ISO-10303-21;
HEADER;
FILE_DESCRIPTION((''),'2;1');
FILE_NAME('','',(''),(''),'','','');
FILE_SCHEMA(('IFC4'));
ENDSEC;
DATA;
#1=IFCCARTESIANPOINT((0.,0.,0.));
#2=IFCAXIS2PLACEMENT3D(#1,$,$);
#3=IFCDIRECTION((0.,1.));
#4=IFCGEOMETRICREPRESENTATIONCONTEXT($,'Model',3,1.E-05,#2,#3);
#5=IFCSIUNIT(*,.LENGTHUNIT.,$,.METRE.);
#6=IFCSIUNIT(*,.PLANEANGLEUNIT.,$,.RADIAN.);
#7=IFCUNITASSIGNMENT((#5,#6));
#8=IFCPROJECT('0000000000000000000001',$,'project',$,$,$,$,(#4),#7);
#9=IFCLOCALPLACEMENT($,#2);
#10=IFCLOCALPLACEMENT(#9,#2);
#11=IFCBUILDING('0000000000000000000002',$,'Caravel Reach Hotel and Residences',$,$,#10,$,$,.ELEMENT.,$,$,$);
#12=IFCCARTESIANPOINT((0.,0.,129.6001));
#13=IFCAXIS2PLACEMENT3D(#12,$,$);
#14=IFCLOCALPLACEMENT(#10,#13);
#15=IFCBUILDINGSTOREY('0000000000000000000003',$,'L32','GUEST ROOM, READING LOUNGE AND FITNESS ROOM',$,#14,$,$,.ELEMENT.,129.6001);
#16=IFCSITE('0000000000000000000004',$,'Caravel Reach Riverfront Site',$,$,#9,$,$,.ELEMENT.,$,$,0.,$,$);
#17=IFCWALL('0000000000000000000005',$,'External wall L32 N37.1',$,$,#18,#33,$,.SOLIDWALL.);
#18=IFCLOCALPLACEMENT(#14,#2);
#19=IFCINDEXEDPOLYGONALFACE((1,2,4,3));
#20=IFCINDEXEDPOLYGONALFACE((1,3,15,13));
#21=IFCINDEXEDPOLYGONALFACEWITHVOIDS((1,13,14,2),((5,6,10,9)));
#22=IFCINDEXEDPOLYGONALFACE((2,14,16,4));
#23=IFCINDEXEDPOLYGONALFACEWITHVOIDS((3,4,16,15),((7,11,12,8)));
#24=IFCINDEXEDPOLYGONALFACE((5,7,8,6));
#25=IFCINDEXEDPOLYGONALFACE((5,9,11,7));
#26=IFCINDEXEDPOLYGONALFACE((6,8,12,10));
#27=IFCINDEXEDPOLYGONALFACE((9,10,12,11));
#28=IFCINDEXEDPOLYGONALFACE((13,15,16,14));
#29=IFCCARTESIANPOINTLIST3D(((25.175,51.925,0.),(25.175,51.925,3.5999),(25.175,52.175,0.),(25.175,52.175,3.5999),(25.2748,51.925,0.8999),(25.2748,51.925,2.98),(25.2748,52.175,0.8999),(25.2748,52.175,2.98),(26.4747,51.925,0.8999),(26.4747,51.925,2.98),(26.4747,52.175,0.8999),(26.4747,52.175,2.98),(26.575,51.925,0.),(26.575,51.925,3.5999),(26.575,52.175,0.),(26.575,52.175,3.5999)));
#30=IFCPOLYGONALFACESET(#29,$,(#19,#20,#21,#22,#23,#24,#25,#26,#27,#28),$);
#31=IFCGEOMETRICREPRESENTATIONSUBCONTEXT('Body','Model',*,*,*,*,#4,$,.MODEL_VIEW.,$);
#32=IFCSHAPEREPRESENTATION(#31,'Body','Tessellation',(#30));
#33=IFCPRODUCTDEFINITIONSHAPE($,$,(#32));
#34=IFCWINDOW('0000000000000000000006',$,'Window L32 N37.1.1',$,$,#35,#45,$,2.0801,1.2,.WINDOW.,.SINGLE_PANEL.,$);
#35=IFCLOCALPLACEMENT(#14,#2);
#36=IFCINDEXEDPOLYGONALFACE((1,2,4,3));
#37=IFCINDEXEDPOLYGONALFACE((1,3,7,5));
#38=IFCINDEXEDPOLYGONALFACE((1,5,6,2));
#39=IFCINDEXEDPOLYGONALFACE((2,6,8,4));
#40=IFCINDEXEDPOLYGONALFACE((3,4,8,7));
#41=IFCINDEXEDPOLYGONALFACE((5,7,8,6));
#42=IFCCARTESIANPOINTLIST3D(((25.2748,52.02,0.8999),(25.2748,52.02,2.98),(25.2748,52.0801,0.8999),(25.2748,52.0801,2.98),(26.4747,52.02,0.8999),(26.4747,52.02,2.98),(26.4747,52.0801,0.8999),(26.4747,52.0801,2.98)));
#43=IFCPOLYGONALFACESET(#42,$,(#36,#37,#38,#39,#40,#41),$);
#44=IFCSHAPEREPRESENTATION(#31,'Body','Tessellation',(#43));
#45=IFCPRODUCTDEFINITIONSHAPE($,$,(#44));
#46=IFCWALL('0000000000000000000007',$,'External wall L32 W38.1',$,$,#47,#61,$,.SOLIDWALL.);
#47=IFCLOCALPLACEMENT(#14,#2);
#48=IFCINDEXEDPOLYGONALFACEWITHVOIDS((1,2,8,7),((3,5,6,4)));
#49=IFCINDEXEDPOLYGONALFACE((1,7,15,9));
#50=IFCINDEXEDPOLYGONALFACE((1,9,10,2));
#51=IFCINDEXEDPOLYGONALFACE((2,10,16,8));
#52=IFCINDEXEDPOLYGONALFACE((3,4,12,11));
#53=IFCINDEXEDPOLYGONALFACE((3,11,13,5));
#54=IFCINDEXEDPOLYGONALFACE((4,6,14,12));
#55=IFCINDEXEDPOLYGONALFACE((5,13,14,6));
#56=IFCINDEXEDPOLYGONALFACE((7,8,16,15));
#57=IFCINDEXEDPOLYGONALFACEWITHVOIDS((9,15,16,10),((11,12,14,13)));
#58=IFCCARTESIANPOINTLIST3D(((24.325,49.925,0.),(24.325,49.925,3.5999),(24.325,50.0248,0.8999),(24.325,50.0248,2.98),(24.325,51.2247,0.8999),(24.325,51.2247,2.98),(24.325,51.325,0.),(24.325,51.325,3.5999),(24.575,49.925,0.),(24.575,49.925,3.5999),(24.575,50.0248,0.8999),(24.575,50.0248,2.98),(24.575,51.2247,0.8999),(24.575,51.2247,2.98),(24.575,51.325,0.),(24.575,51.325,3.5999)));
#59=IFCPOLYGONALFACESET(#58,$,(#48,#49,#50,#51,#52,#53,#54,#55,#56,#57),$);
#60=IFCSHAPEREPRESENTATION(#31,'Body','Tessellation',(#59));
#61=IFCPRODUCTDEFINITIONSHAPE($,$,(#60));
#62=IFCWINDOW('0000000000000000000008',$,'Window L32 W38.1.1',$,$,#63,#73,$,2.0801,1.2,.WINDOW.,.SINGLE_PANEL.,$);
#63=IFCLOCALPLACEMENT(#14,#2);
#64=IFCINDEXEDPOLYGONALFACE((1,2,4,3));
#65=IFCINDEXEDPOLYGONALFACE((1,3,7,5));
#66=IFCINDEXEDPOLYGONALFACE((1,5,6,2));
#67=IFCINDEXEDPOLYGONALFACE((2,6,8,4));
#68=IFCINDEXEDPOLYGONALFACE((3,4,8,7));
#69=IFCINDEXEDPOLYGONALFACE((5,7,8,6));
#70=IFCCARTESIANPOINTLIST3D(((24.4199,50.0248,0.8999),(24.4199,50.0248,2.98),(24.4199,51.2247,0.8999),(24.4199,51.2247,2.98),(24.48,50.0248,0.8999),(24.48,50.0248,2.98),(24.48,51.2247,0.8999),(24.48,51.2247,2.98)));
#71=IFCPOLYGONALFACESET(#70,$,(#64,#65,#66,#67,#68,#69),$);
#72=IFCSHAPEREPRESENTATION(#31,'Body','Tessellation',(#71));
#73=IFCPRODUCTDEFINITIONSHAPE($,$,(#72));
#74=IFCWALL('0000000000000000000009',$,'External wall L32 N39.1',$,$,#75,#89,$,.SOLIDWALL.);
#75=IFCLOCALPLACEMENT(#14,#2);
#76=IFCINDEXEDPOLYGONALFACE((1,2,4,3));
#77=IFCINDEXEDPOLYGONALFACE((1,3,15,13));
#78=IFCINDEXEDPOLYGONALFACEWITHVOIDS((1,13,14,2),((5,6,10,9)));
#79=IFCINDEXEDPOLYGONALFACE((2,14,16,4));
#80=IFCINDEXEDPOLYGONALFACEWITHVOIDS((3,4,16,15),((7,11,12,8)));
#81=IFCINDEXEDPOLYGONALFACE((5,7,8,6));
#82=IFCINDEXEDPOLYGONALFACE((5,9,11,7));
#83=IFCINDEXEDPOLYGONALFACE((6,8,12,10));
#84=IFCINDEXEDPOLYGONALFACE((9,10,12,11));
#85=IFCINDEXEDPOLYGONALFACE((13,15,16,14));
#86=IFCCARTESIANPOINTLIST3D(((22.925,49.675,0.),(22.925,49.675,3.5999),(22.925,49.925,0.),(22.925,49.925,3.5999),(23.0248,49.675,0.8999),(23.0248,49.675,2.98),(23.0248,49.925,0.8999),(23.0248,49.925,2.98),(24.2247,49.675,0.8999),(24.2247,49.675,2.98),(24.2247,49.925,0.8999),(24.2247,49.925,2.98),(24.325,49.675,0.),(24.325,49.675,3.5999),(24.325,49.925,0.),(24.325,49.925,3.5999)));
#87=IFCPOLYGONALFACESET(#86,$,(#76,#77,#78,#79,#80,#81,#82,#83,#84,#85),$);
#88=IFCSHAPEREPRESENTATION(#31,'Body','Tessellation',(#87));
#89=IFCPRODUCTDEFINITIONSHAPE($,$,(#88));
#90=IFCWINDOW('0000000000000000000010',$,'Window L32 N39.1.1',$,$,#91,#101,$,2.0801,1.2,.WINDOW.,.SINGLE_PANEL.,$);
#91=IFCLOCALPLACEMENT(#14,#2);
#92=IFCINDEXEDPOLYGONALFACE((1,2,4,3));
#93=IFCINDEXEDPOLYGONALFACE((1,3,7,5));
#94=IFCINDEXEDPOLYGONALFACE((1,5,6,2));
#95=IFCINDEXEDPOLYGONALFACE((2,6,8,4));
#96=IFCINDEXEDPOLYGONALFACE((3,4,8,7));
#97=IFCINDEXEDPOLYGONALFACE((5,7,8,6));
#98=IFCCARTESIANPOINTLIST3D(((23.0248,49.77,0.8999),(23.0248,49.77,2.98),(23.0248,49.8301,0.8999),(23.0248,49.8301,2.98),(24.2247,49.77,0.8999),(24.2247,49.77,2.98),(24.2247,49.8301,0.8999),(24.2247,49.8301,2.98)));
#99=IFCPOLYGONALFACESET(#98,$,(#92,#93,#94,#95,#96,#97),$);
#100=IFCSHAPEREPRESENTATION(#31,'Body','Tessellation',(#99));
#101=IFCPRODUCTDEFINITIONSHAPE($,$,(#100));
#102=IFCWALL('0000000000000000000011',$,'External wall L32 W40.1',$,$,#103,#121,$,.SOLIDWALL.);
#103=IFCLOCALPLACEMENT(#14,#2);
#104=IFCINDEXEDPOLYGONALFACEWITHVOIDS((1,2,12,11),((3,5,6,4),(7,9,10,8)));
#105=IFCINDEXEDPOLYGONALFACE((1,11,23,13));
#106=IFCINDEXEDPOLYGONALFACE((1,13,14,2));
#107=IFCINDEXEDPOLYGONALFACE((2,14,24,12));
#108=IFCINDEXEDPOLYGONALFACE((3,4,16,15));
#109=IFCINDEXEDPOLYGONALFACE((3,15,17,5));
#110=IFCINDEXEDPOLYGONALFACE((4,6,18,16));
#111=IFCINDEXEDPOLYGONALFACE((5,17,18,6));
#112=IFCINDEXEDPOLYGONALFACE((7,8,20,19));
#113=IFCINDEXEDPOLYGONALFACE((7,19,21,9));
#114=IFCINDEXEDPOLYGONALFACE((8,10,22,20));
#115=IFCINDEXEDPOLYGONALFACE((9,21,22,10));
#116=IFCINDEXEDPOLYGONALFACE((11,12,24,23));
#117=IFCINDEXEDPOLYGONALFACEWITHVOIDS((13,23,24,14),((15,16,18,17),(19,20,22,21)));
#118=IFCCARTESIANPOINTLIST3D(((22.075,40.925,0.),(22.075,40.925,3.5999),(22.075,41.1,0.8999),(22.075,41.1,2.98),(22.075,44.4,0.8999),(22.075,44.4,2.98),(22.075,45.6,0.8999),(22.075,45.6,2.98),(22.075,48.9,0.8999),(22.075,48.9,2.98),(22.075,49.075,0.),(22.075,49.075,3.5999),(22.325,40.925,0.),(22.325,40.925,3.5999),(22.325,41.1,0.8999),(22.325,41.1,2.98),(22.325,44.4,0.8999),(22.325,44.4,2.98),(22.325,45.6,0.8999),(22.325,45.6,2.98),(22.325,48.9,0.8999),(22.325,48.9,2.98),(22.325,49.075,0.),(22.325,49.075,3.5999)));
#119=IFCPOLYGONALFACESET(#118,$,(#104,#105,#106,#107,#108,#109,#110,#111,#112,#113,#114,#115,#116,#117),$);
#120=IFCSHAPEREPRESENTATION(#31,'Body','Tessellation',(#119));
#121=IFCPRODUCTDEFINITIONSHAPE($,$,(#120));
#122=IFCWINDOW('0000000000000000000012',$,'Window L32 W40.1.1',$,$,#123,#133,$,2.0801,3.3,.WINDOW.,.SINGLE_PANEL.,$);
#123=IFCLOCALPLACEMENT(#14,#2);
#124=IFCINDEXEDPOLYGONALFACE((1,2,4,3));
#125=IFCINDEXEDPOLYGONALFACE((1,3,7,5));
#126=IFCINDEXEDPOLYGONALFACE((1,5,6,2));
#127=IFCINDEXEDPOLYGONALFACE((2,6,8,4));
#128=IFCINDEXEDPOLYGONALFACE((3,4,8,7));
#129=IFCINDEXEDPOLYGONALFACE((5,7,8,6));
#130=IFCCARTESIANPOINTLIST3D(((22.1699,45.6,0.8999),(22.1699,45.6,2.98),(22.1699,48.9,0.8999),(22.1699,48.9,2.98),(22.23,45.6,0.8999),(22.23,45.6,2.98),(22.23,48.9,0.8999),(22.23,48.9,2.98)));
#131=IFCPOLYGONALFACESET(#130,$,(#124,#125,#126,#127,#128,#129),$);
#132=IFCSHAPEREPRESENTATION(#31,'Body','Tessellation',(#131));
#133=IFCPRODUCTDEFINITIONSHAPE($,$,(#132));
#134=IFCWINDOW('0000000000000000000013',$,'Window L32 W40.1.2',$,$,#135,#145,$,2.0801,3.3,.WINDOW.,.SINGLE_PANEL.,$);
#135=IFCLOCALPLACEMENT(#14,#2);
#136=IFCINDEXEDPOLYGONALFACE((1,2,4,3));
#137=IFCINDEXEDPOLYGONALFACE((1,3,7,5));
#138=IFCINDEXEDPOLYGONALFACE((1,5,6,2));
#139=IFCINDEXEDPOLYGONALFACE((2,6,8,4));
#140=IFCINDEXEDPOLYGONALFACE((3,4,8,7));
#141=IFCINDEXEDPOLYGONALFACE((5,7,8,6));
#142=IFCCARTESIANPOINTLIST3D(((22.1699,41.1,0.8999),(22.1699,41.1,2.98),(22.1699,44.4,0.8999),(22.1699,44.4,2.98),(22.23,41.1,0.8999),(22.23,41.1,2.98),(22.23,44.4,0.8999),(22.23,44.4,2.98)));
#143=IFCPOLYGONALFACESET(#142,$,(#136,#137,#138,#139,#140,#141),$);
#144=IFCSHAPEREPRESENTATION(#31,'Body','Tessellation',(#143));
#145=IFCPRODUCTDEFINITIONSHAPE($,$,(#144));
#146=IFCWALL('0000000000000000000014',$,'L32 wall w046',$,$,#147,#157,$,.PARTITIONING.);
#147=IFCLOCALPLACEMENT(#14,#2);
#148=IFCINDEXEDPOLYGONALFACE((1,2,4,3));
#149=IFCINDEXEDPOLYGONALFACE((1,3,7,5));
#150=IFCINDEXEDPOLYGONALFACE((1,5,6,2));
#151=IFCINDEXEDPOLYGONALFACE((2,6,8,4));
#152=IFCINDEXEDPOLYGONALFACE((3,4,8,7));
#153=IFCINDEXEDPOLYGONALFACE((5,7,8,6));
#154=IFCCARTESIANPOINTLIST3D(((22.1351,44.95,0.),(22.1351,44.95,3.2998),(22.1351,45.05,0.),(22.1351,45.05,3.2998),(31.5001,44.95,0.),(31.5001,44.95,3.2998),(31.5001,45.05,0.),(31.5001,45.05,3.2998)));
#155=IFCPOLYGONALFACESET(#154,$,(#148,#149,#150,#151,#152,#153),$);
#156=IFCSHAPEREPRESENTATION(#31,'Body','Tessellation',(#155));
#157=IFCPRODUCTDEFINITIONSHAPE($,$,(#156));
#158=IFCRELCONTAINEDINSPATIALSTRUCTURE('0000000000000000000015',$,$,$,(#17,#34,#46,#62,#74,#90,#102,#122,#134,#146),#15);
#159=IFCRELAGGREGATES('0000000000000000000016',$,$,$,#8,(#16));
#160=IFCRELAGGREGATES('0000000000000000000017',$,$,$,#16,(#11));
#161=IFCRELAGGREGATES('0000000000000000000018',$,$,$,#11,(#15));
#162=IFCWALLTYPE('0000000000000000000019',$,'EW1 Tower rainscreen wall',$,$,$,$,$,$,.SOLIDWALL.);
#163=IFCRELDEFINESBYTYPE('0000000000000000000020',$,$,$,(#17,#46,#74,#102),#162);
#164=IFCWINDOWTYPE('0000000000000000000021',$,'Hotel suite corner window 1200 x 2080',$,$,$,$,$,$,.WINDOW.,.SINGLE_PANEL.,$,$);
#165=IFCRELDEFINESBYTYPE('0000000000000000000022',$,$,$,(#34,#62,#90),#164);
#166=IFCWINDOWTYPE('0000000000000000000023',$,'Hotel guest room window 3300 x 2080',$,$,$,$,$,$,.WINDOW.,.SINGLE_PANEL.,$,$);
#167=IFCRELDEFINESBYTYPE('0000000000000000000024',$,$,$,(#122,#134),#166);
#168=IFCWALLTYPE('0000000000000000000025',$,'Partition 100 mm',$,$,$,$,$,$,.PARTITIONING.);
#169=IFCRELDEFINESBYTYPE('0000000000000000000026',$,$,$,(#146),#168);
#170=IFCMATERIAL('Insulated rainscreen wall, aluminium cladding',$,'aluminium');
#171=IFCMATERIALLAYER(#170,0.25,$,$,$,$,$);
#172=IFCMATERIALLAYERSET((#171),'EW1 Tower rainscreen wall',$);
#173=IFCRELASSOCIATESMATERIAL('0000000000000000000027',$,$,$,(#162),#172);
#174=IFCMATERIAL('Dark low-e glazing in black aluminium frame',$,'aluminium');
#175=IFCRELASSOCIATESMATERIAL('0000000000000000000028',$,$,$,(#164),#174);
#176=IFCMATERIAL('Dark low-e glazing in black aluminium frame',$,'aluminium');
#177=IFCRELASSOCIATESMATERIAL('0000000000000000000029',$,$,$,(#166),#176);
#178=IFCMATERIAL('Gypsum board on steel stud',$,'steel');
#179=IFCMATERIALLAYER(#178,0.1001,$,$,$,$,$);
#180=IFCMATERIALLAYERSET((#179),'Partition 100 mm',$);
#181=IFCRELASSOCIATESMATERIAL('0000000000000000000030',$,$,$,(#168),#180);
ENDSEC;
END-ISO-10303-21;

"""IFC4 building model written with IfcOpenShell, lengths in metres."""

from ifc_helpers import new_model, si_unit, direction, frame, frame_2d, origin, place, context, subcontext, project, spatial, rectangle, extrude, material, layer, layer_set, type_object, element, fill, save


model = new_model("IFC4")

# Units and contexts
model_context = context("Model", 3, precision=1e-05, world=origin(), true_north=direction((0.0, 1.0)))
body_context = subcontext(model_context, "Body", "Model", "MODEL_VIEW")
ifc_project = project(units=[si_unit("LENGTHUNIT", "METRE"), si_unit("PLANEANGLEUNIT", "RADIAN")], contexts=[model_context])

# Site, building, storey
site_placement = place(None, origin())
site = spatial("IfcSite", under=ifc_project, at=site_placement, Name="Caravel Reach Riverfront Site", CompositionType="ELEMENT", RefElevation=0.0)
building_placement = place(site_placement, origin())
building = spatial("IfcBuilding", under=site, at=building_placement, Name="Caravel Reach Hotel and Residences", CompositionType="ELEMENT")
storey_placement = place(building_placement, frame((0.0, 0.0, 129.6001)))
storey = spatial("IfcBuildingStorey", under=building, at=storey_placement, Name="L32", Description="GUEST ROOM, READING LOUNGE AND FITNESS ROOM", CompositionType="ELEMENT", Elevation=129.6001)

# Walls, openings, windows
ifc_material_1 = material(Name="Insulated rainscreen wall, aluminium cladding", Category="aluminium")
ifc_layer_1 = layer(ifc_material_1, 0.25)
ifc_layer_set_1 = layer_set([ifc_layer_1], Name="EW1 Tower rainscreen wall")
wall_type_1 = type_object("IfcWallType", Name="EW1 Tower rainscreen wall", PredefinedType="SOLIDWALL", material=ifc_layer_set_1)
ifc_material_2 = material(Name="Dark low-e glazing in black aluminium frame", Category="aluminium")
window_type_1 = type_object("IfcWindowType", Name="Hotel suite corner window 1200 x 2080", PartitioningType="SINGLE_PANEL", PredefinedType="WINDOW", material=ifc_material_2)
wall_1_placement = place(storey_placement, frame((26.575, 52.05, 0.0), z_axis=(0.0, 0.0, 1.0), x_axis=(-1.0, 0.0, 0.0)))
wall_1 = element("IfcWall", 1, at=wall_1_placement, inside=storey, type_object=wall_type_1, Name="External wall L32 N37.1", PredefinedType="SOLIDWALL", context=body_context, shape_type="SweptSolid", body=[
    extrude(rectangle(XDim=1.3999, YDim=0.25, at=frame_2d((0.7, 0.0))), origin(), (0.0, 0.0, 1.0), 3.5999),
])
opening_1_placement = place(wall_1_placement, frame((0.1001, 0.0, 0.8999)))
opening_1 = element("IfcOpeningElement", 2, at=opening_1_placement, cuts=wall_1, PredefinedType="OPENING", context=body_context, shape_type="SweptSolid", body=[
    extrude(rectangle(XDim=1.2, YDim=2.0801, at=frame_2d((0.6001, 1.04))), frame((0.0, 0.135, 0.0), z_axis=(0.0, -1.0, 0.0), x_axis=(1.0, 0.0, 0.0)), (0.0, 0.0, 1.0), 0.27),
])
window_1_placement = place(opening_1_placement, origin())
window_1 = element("IfcWindow", 3, at=window_1_placement, inside=storey, type_object=window_type_1, Name="Window L32 N37.1.1", OverallHeight=2.0801, OverallWidth=1.2, PartitioningType="SINGLE_PANEL", PredefinedType="WINDOW", context=body_context, shape_type="SweptSolid", body=[
    extrude(rectangle(XDim=1.2, YDim=2.0801, at=frame_2d((0.6001, 1.04))), frame((0.0, 0.03, 0.0), z_axis=(0.0, -1.0, 0.0), x_axis=(1.0, 0.0, 0.0)), (0.0, 0.0, 1.0), 0.0601),
])
fill(opening_1, window_1)
wall_2_placement = place(storey_placement, frame((24.45, 51.325, 0.0), z_axis=(0.0, 0.0, 1.0), x_axis=(0.0, -1.0, 0.0)))
wall_2 = element("IfcWall", 4, at=wall_2_placement, inside=storey, type_object=wall_type_1, Name="External wall L32 W38.1", PredefinedType="SOLIDWALL", context=body_context, shape_type="SweptSolid", body=[
    extrude(rectangle(XDim=1.3999, YDim=0.25, at=frame_2d((0.7, 0.0))), origin(), (0.0, 0.0, 1.0), 3.5999),
])
opening_2_placement = place(wall_2_placement, frame((0.1001, 0.0, 0.8999)))
opening_2 = element("IfcOpeningElement", 5, at=opening_2_placement, cuts=wall_2, PredefinedType="OPENING", context=body_context, shape_type="SweptSolid", body=[
    extrude(rectangle(XDim=1.2, YDim=2.0801, at=frame_2d((0.6001, 1.04))), frame((0.0, 0.135, 0.0), z_axis=(0.0, -1.0, 0.0), x_axis=(1.0, 0.0, 0.0)), (0.0, 0.0, 1.0), 0.27),
])
window_2_placement = place(opening_2_placement, origin())
window_2 = element("IfcWindow", 6, at=window_2_placement, inside=storey, type_object=window_type_1, Name="Window L32 W38.1.1", OverallHeight=2.0801, OverallWidth=1.2, PartitioningType="SINGLE_PANEL", PredefinedType="WINDOW", context=body_context, shape_type="SweptSolid", body=[
    extrude(rectangle(XDim=1.2, YDim=2.0801, at=frame_2d((0.6001, 1.04))), frame((0.0, 0.03, 0.0), z_axis=(0.0, -1.0, 0.0), x_axis=(1.0, 0.0, 0.0)), (0.0, 0.0, 1.0), 0.0601),
])
fill(opening_2, window_2)
wall_3_placement = place(storey_placement, frame((24.325, 49.8, 0.0), z_axis=(0.0, 0.0, 1.0), x_axis=(-1.0, 0.0, 0.0)))
wall_3 = element("IfcWall", 7, at=wall_3_placement, inside=storey, type_object=wall_type_1, Name="External wall L32 N39.1", PredefinedType="SOLIDWALL", context=body_context, shape_type="SweptSolid", body=[
    extrude(rectangle(XDim=1.3999, YDim=0.25, at=frame_2d((0.7, 0.0))), origin(), (0.0, 0.0, 1.0), 3.5999),
])
opening_3_placement = place(wall_3_placement, frame((0.1001, 0.0, 0.8999)))
opening_3 = element("IfcOpeningElement", 8, at=opening_3_placement, cuts=wall_3, PredefinedType="OPENING", context=body_context, shape_type="SweptSolid", body=[
    extrude(rectangle(XDim=1.2, YDim=2.0801, at=frame_2d((0.6001, 1.04))), frame((0.0, 0.135, 0.0), z_axis=(0.0, -1.0, 0.0), x_axis=(1.0, 0.0, 0.0)), (0.0, 0.0, 1.0), 0.27),
])
window_3_placement = place(opening_3_placement, origin())
window_3 = element("IfcWindow", 9, at=window_3_placement, inside=storey, type_object=window_type_1, Name="Window L32 N39.1.1", OverallHeight=2.0801, OverallWidth=1.2, PartitioningType="SINGLE_PANEL", PredefinedType="WINDOW", context=body_context, shape_type="SweptSolid", body=[
    extrude(rectangle(XDim=1.2, YDim=2.0801, at=frame_2d((0.6001, 1.04))), frame((0.0, 0.03, 0.0), z_axis=(0.0, -1.0, 0.0), x_axis=(1.0, 0.0, 0.0)), (0.0, 0.0, 1.0), 0.0601),
])
fill(opening_3, window_3)

# Wall, openings, windows
wall_4_placement = place(storey_placement, frame((22.2, 49.075, 0.0), z_axis=(0.0, 0.0, 1.0), x_axis=(0.0, -1.0, 0.0)))
wall_4 = element("IfcWall", 10, at=wall_4_placement, inside=storey, type_object=wall_type_1, Name="External wall L32 W40.1", PredefinedType="SOLIDWALL", context=body_context, shape_type="SweptSolid", body=[
    extrude(rectangle(XDim=8.1499, YDim=0.25, at=frame_2d((4.075, 0.0))), origin(), (0.0, 0.0, 1.0), 3.5999),
])
opening_4_placement = place(wall_4_placement, frame((0.175, 0.0, 0.8999)))
opening_4 = element("IfcOpeningElement", 11, at=opening_4_placement, cuts=wall_4, PredefinedType="OPENING", context=body_context, shape_type="SweptSolid", body=[
    extrude(rectangle(XDim=3.3, YDim=2.0801, at=frame_2d((1.6499, 1.04))), frame((0.0, 0.135, 0.0), z_axis=(0.0, -1.0, 0.0), x_axis=(1.0, 0.0, 0.0)), (0.0, 0.0, 1.0), 0.27),
])
opening_5_placement = place(wall_4_placement, frame((4.675, 0.0, 0.8999)))
opening_5 = element("IfcOpeningElement", 12, at=opening_5_placement, cuts=wall_4, PredefinedType="OPENING", context=body_context, shape_type="SweptSolid", body=[
    extrude(rectangle(XDim=3.3, YDim=2.0801, at=frame_2d((1.6499, 1.04))), frame((0.0, 0.135, 0.0), z_axis=(0.0, -1.0, 0.0), x_axis=(1.0, 0.0, 0.0)), (0.0, 0.0, 1.0), 0.27),
])
ifc_material_3 = material(Name="Dark low-e glazing in black aluminium frame", Category="aluminium")
window_type_2 = type_object("IfcWindowType", Name="Hotel guest room window 3300 x 2080", PartitioningType="SINGLE_PANEL", PredefinedType="WINDOW", material=ifc_material_3)
window_4_placement = place(opening_4_placement, origin())
window_4 = element("IfcWindow", 13, at=window_4_placement, inside=storey, type_object=window_type_2, Name="Window L32 W40.1.1", OverallHeight=2.0801, OverallWidth=3.3, PartitioningType="SINGLE_PANEL", PredefinedType="WINDOW", context=body_context, shape_type="SweptSolid", body=[
    extrude(rectangle(XDim=3.3, YDim=2.0801, at=frame_2d((1.6499, 1.04))), frame((0.0, 0.03, 0.0), z_axis=(0.0, -1.0, 0.0), x_axis=(1.0, 0.0, 0.0)), (0.0, 0.0, 1.0), 0.0601),
])
fill(opening_4, window_4)
window_5_placement = place(opening_5_placement, origin())
window_5 = element("IfcWindow", 14, at=window_5_placement, inside=storey, type_object=window_type_2, Name="Window L32 W40.1.2", OverallHeight=2.0801, OverallWidth=3.3, PartitioningType="SINGLE_PANEL", PredefinedType="WINDOW", context=body_context, shape_type="SweptSolid", body=[
    extrude(rectangle(XDim=3.3, YDim=2.0801, at=frame_2d((1.6499, 1.04))), frame((0.0, 0.03, 0.0), z_axis=(0.0, -1.0, 0.0), x_axis=(1.0, 0.0, 0.0)), (0.0, 0.0, 1.0), 0.0601),
])
fill(opening_5, window_5)

# Wall
ifc_material_4 = material(Name="Gypsum board on steel stud", Category="steel")
ifc_layer_2 = layer(ifc_material_4, 0.1001)
ifc_layer_set_2 = layer_set([ifc_layer_2], Name="Partition 100 mm")
wall_type_2 = type_object("IfcWallType", Name="Partition 100 mm", PredefinedType="PARTITIONING", material=ifc_layer_set_2)
wall_5_placement = place(storey_placement, frame((22.135, 45.0, 0.0), z_axis=(0.0, 0.0, 1.0), x_axis=(1.0, 0.0, 0.0)))
element("IfcWall", 15, at=wall_5_placement, inside=storey, type_object=wall_type_2, Name="L32 wall w046", PredefinedType="PARTITIONING", context=body_context, shape_type="SweptSolid", body=[
    extrude(rectangle(XDim=9.365, YDim=0.1001, at=frame_2d((4.6826, 0.0))), origin(), (0.0, 0.0, 1.0), 3.2998),
])

save(model, "model.ifc")
